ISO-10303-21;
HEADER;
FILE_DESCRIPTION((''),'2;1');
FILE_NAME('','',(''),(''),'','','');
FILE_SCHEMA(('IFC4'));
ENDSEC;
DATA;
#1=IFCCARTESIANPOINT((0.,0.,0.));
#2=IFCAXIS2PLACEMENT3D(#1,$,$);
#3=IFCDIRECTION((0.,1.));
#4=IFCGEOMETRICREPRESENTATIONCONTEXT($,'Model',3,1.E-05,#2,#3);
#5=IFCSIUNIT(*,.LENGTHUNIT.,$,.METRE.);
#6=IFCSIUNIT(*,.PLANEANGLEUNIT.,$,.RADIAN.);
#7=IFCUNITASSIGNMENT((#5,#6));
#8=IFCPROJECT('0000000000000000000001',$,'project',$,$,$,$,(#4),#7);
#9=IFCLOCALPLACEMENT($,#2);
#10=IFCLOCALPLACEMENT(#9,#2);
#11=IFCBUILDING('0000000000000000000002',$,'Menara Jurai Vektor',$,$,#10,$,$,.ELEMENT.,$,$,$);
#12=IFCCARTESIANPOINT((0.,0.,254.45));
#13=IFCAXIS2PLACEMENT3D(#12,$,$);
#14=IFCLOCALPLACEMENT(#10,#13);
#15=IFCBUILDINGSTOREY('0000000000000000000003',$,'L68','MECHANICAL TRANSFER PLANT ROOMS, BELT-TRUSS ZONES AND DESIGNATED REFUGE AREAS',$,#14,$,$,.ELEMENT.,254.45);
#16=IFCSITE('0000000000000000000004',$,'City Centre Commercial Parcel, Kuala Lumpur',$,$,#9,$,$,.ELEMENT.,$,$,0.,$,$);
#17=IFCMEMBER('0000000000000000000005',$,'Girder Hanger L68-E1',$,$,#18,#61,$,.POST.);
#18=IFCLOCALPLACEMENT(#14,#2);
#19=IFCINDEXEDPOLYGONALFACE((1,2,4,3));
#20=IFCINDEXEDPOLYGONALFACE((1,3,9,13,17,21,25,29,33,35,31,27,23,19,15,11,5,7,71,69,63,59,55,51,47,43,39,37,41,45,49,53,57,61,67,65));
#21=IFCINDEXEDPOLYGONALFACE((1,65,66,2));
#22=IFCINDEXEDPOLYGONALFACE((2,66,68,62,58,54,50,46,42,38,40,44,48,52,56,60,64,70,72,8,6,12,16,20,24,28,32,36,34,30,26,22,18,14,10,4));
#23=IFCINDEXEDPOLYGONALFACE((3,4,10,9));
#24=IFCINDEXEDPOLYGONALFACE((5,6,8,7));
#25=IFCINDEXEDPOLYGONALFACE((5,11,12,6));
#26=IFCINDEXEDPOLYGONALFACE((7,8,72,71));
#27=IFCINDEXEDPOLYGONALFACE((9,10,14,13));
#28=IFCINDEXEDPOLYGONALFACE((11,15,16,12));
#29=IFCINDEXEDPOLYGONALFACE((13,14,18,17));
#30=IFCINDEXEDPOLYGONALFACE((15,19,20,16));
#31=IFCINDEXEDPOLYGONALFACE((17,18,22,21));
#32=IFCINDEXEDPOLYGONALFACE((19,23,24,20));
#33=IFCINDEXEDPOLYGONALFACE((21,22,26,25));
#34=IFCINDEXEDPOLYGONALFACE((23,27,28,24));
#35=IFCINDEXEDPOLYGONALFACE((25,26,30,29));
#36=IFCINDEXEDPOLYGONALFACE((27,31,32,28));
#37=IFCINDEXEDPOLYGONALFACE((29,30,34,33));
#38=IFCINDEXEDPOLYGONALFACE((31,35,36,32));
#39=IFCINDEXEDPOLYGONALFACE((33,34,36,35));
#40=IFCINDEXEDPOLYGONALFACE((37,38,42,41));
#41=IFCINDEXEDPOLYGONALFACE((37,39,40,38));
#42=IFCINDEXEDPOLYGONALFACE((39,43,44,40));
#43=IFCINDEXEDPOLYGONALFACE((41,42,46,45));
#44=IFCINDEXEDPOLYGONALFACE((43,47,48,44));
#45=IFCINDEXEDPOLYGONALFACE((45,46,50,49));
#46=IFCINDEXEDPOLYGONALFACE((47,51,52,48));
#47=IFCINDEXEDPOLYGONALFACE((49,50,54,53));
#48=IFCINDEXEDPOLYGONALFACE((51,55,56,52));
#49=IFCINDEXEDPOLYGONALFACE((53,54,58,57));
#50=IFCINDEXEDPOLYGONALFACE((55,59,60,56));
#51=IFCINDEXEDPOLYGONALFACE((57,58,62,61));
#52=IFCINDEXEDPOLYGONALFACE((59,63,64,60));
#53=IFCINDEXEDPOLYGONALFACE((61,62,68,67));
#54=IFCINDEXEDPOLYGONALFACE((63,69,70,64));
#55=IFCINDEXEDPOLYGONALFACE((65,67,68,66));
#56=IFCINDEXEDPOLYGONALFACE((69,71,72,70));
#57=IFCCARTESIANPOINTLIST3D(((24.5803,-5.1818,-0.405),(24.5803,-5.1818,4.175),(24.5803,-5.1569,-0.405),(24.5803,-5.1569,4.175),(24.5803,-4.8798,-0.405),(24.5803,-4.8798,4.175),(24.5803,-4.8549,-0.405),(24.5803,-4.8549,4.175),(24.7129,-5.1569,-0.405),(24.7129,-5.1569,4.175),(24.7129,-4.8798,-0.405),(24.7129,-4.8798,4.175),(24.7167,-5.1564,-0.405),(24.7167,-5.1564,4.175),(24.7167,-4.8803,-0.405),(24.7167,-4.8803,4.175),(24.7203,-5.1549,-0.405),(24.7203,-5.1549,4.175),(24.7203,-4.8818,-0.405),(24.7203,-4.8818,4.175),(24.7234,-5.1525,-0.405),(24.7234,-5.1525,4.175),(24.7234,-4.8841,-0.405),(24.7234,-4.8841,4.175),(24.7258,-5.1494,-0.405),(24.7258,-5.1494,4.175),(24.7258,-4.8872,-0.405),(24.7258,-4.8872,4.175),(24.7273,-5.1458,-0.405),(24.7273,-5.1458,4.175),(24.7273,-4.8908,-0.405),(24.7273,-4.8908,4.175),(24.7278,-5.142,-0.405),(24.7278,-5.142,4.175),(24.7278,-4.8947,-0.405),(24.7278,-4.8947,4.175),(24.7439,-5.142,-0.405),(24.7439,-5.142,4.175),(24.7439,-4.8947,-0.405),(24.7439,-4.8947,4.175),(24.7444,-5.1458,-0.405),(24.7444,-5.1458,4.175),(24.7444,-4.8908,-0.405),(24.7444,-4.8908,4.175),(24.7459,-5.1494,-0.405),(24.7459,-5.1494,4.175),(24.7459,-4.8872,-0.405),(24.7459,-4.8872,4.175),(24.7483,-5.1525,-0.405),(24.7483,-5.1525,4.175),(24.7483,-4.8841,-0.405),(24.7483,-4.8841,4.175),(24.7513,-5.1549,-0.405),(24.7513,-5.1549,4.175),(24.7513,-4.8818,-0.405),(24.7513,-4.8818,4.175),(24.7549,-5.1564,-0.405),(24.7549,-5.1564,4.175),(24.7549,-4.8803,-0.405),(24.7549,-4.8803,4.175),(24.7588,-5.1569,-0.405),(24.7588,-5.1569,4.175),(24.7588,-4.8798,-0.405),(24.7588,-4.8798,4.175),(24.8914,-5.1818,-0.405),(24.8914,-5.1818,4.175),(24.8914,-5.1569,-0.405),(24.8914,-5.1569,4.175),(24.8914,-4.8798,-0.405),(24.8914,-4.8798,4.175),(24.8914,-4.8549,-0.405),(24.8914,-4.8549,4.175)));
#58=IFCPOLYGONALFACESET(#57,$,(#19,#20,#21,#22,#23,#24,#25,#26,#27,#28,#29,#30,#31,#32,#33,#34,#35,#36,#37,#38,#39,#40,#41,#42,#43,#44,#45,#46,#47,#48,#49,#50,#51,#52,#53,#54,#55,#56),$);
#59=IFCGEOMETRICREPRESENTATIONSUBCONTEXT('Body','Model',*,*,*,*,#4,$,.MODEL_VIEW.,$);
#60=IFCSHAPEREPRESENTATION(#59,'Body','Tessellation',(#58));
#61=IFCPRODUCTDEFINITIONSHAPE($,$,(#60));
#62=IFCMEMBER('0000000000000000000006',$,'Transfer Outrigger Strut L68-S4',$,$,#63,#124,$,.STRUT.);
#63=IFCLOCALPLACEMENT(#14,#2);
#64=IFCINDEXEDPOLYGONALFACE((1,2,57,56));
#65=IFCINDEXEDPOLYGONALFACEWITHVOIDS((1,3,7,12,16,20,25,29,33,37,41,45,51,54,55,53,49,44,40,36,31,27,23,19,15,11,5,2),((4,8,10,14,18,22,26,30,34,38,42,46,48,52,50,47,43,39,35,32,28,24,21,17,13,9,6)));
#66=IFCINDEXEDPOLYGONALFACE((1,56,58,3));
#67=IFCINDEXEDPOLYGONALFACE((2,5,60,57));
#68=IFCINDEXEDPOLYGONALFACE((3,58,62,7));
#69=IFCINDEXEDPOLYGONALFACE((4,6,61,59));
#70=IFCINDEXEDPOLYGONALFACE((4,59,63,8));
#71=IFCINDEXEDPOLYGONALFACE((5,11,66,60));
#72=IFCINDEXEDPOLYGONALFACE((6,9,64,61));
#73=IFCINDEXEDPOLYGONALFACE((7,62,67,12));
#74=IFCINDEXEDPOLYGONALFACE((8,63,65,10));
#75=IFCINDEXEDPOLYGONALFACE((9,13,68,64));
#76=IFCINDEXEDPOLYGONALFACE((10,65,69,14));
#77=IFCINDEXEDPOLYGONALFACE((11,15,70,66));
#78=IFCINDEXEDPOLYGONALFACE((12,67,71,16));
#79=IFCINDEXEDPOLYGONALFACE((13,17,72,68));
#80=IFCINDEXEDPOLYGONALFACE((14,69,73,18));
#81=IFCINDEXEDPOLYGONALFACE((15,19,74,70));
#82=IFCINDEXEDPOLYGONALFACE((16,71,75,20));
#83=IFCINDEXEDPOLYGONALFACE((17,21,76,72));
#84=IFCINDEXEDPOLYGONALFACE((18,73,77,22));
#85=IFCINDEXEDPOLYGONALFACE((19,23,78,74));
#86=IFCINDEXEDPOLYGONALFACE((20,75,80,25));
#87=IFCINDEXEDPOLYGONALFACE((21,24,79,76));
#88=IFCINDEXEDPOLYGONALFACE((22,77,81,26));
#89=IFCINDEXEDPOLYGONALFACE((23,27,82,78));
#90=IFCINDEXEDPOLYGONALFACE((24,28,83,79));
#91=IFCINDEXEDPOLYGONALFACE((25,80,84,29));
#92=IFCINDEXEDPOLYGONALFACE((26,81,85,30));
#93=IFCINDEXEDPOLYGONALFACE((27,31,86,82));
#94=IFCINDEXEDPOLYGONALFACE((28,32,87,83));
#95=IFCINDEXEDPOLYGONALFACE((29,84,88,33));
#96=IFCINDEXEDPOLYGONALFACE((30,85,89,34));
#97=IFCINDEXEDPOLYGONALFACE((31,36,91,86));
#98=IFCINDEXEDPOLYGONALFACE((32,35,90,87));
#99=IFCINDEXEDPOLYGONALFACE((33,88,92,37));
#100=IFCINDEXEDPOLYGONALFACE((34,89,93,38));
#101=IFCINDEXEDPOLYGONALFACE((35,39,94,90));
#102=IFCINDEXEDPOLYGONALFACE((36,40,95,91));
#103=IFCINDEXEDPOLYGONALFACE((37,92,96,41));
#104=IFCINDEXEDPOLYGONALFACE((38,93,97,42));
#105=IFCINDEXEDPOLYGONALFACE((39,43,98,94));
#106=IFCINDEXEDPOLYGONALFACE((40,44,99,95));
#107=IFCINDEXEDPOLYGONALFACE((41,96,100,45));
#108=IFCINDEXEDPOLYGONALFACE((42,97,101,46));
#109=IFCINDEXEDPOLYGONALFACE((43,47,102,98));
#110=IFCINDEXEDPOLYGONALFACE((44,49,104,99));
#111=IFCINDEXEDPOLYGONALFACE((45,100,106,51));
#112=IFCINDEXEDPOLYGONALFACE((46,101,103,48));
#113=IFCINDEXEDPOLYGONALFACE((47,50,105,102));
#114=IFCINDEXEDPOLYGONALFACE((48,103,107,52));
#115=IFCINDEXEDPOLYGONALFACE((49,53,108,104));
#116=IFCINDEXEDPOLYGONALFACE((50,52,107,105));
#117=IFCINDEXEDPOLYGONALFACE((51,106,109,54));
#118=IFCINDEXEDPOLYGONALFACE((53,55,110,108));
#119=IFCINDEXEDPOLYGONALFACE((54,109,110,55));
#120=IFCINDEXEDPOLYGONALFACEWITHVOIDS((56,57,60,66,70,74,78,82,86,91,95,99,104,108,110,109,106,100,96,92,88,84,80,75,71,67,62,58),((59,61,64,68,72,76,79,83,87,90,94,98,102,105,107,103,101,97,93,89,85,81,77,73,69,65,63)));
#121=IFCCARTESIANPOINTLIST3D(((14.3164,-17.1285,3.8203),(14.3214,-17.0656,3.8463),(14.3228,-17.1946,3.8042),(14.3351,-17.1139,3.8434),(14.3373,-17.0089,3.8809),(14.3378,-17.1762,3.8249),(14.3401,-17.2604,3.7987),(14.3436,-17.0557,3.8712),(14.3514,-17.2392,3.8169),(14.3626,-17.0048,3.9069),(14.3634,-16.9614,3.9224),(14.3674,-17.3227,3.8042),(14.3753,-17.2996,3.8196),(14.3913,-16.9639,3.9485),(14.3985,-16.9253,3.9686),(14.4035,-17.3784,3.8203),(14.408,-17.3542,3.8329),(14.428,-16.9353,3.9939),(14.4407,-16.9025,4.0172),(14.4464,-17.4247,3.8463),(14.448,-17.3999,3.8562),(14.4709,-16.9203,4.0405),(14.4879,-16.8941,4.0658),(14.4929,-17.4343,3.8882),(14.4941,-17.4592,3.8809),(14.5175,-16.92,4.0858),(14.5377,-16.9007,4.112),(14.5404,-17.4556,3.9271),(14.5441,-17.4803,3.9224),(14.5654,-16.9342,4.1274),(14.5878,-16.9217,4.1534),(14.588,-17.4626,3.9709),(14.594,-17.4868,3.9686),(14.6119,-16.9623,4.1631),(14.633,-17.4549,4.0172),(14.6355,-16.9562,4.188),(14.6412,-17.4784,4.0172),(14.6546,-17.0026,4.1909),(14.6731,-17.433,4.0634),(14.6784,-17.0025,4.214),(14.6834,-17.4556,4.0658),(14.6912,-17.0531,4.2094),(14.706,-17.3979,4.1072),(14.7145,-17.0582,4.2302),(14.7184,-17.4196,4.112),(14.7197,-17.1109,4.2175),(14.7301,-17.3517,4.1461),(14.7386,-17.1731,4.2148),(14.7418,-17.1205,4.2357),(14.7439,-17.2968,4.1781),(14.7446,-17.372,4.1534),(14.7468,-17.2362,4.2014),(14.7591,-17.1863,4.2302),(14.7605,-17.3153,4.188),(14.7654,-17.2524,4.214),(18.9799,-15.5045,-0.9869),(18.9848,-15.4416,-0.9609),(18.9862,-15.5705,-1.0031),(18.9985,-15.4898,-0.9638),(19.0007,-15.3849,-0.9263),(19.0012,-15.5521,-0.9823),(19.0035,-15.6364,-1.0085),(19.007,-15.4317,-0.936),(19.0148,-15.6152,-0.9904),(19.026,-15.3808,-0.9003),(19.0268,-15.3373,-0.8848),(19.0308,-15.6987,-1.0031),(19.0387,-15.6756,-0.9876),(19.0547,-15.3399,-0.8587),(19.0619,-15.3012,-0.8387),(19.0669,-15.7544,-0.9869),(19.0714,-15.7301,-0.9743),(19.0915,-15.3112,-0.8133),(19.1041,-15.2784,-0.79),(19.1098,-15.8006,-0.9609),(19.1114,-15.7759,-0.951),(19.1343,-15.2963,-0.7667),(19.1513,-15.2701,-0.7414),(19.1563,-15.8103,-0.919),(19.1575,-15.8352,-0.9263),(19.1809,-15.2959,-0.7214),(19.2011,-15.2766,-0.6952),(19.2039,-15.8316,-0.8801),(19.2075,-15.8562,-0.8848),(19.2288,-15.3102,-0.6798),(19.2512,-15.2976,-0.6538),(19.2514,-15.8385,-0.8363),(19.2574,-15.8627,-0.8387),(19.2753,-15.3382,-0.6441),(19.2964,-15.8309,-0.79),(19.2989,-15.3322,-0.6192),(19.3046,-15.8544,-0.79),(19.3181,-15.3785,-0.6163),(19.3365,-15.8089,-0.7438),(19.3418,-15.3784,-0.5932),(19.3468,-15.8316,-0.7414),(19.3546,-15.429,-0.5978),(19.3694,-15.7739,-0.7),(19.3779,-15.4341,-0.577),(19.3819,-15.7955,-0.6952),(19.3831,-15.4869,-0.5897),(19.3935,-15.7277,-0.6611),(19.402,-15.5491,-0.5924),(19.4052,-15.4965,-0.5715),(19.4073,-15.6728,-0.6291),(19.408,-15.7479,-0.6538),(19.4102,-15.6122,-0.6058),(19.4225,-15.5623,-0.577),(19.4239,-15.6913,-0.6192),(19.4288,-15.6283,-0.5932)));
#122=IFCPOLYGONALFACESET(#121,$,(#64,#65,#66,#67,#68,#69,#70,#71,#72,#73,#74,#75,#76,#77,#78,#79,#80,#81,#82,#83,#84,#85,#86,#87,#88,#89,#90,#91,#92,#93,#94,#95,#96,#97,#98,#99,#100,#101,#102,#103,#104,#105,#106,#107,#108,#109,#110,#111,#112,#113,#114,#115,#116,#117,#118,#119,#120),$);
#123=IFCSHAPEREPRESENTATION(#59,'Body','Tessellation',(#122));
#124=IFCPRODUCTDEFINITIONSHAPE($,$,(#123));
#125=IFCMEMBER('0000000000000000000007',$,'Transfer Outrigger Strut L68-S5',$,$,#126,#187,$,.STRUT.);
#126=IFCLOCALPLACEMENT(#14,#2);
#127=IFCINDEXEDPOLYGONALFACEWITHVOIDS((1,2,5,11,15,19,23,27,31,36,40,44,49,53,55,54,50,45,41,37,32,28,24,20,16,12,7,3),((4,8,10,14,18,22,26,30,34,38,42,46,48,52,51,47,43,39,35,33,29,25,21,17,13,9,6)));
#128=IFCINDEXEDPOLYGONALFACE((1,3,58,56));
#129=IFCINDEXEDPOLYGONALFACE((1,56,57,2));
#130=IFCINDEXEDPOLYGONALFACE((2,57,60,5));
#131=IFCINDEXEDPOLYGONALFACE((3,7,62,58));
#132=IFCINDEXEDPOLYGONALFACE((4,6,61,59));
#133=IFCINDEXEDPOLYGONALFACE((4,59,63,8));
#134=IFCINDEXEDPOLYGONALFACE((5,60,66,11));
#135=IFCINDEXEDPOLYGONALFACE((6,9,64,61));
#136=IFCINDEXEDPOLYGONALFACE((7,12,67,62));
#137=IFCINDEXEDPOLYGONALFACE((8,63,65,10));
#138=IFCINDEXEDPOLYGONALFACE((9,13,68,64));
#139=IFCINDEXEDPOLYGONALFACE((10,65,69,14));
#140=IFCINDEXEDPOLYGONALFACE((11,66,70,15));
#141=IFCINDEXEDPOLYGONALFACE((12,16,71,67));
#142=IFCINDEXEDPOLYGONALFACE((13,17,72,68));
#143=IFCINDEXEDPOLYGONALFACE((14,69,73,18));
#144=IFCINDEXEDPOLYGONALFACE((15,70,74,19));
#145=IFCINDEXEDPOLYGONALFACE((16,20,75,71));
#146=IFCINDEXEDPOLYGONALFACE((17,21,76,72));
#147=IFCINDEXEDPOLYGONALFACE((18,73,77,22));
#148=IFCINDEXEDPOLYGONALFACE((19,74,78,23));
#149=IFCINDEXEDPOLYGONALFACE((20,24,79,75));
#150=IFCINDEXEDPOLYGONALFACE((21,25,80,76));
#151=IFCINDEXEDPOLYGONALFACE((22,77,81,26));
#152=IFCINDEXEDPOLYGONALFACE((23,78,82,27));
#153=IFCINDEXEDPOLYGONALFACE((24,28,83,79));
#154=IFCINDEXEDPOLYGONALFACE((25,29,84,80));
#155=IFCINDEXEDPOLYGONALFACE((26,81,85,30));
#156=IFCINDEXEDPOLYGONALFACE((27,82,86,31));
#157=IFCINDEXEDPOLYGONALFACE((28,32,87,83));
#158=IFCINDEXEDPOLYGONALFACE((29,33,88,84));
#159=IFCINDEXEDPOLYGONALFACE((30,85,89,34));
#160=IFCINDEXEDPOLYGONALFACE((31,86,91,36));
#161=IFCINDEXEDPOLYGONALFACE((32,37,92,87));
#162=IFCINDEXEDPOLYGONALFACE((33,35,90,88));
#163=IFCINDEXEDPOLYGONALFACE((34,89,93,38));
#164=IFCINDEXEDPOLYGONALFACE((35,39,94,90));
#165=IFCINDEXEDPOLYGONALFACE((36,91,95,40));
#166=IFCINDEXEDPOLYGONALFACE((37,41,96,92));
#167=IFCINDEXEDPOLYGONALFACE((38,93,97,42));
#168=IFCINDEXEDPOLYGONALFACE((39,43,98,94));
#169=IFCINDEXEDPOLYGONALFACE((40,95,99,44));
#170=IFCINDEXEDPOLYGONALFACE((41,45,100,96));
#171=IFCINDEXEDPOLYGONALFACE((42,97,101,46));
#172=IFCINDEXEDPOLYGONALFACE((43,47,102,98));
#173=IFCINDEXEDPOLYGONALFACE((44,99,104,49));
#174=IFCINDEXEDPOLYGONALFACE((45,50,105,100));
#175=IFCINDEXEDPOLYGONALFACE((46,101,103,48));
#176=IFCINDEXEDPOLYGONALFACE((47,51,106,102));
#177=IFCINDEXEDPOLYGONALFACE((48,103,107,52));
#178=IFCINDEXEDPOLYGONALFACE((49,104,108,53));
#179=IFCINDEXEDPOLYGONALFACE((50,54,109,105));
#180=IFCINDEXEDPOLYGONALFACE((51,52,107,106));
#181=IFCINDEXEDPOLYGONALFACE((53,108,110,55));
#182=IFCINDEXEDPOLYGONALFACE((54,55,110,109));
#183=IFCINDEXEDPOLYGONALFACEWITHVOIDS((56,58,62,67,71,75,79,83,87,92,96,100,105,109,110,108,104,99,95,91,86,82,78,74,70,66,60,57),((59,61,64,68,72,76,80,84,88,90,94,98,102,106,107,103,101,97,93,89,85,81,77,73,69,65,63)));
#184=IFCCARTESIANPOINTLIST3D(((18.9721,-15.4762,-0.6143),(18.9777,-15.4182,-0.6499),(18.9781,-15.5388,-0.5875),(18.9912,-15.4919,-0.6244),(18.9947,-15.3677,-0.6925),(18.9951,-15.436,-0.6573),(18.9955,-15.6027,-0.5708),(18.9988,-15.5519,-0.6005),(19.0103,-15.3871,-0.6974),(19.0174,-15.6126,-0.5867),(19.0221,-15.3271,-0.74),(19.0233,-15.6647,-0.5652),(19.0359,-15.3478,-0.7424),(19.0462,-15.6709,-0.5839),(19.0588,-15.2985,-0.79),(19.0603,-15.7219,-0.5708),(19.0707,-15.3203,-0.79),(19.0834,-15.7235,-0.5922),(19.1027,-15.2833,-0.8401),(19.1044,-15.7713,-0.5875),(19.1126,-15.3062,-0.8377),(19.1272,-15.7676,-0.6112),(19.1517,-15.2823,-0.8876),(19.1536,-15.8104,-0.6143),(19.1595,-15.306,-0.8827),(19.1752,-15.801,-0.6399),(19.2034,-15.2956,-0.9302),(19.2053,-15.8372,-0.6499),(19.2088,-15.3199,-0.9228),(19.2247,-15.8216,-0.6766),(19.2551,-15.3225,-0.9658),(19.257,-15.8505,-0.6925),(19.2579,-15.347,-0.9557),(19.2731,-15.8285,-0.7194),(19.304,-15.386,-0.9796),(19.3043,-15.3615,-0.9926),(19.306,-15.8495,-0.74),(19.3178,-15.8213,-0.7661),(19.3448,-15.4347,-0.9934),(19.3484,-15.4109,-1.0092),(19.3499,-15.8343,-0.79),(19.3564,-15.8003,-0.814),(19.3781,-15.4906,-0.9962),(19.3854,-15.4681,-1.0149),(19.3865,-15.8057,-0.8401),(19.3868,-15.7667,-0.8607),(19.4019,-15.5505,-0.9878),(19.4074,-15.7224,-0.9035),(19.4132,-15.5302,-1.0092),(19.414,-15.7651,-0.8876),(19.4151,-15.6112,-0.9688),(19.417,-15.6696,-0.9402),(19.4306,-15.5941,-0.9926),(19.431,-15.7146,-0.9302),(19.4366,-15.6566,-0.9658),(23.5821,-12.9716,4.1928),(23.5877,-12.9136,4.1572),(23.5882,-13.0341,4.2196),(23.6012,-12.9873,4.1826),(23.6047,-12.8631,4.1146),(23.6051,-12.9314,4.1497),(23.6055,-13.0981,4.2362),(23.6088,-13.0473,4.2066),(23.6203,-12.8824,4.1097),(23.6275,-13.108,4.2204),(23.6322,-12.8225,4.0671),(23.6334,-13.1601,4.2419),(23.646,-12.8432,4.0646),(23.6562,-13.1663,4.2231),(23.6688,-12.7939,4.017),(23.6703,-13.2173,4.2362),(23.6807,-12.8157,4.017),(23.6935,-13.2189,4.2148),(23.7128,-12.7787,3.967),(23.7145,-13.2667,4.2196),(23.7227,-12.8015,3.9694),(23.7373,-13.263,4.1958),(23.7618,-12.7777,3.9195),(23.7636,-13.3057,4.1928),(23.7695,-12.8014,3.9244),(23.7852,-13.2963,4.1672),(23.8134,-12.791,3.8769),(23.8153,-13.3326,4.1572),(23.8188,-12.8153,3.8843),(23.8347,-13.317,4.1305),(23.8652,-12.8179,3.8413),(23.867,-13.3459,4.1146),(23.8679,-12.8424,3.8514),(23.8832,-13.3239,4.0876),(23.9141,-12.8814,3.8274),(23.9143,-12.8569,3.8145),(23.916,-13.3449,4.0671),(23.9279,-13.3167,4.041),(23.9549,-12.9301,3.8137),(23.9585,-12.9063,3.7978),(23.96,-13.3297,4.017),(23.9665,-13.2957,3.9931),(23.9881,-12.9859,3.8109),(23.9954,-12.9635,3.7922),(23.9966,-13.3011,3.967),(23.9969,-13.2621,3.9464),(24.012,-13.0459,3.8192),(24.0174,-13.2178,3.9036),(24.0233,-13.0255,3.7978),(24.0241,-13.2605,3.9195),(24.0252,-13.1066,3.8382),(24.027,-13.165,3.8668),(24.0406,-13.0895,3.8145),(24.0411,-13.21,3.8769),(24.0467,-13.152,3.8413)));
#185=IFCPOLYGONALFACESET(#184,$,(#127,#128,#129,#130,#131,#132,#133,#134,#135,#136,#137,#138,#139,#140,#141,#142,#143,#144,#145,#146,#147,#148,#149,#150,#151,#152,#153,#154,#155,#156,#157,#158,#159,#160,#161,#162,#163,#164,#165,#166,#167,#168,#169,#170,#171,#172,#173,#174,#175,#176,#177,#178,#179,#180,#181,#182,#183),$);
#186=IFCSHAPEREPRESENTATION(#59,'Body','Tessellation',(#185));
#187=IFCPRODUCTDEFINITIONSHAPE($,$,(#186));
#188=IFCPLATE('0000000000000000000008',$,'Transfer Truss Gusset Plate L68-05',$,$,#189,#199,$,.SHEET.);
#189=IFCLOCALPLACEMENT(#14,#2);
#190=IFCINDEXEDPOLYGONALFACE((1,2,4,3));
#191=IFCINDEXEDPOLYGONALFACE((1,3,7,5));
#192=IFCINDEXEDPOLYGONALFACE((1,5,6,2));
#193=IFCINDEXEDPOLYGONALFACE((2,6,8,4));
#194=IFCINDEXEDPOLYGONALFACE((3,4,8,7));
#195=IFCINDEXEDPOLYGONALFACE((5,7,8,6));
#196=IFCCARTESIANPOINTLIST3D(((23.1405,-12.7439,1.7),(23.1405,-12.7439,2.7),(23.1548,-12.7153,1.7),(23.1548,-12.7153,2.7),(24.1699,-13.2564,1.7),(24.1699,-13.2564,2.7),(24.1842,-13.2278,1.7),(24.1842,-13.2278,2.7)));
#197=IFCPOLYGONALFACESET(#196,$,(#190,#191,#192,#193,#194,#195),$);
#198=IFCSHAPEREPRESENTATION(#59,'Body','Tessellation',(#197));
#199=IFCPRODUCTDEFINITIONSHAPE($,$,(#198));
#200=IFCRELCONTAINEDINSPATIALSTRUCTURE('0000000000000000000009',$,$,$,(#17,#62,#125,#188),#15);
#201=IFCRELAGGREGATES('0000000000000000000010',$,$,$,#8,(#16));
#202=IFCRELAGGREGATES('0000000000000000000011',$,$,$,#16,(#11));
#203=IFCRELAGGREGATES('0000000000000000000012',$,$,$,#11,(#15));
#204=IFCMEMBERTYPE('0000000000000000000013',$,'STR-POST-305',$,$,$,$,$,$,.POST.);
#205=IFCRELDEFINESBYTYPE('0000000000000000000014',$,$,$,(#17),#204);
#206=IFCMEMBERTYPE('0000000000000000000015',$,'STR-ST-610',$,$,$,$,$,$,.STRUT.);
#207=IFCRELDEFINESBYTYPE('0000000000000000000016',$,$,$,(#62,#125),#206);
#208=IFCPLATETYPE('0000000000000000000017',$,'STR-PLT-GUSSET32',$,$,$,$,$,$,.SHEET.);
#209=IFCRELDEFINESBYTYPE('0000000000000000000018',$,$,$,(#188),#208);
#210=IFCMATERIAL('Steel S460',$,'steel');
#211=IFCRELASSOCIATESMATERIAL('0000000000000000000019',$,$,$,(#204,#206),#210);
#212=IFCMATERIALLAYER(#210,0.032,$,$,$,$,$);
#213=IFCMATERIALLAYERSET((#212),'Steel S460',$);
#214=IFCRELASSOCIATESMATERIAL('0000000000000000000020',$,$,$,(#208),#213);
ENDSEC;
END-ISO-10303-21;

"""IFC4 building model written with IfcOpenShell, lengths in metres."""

from ifc_helpers import new_model, si_unit, direction, frame, origin, origin_2d, place, context, subcontext, project, spatial, rectangle, hollow_circle, i_section, extrude, material, layer, layer_set, material_profile, profile_set, type_object, element, save


model = new_model("IFC4")

# Units and contexts
model_context = context("Model", 3, precision=1e-05, world=origin(), true_north=direction((0.0, 1.0)))
body_context = subcontext(model_context, "Body", "Model", "MODEL_VIEW")
ifc_project = project(units=[si_unit("LENGTHUNIT", "METRE"), si_unit("PLANEANGLEUNIT", "RADIAN")], contexts=[model_context])

# Site, building, storey
site_placement = place(None, origin())
site = spatial("IfcSite", under=ifc_project, at=site_placement, Name="City Centre Commercial Parcel, Kuala Lumpur", CompositionType="ELEMENT", RefElevation=0.0)
building_placement = place(site_placement, origin())
building = spatial("IfcBuilding", under=site, at=building_placement, Name="Menara Jurai Vektor", CompositionType="ELEMENT")
storey_placement = place(building_placement, frame((0.0, 0.0, 254.45)))
storey = spatial("IfcBuildingStorey", under=building, at=storey_placement, Name="L68", Description="MECHANICAL TRANSFER PLANT ROOMS, BELT-TRUSS ZONES AND DESIGNATED REFUGE AREAS", CompositionType="ELEMENT", Elevation=254.45)

# Shared definitions
ifc_material_1 = material(Name="Steel S460", Category="steel")

# Members
ifc_material_profile_1 = material_profile(ifc_material_1, i_section(OverallWidth=0.311, OverallDepth=0.3269, WebThickness=0.0161, FlangeThickness=0.0249, FilletRadius=0.0149, at=origin_2d()), Name="UKC 305x305x158")
ifc_profile_set_1 = profile_set([ifc_material_profile_1], Name="Steel S460")
member_type_1 = type_object("IfcMemberType", Name="STR-POST-305", PredefinedType="POST", material=ifc_profile_set_1)
for number, where, z_axis, x_axis, name in (
    (1, (24.7358, -5.0183, -0.405), (0.0, 0.0, 1.0), (1.0, 0.0, 0.0), "Girder Hanger L68-E1"),
):
    element("IfcMember", number, at=place(storey_placement, frame(where, z_axis=z_axis, x_axis=x_axis)), inside=storey, type_object=member_type_1, Name=name, PredefinedType="POST", context=body_context, shape_type="SweptSolid", body=[
        extrude(i_section(OverallWidth=0.311, OverallDepth=0.3269, WebThickness=0.0161, FlangeThickness=0.0249, FilletRadius=0.0149, at=origin_2d()), origin(), (0.0, 0.0, 1.0), 4.5801),
    ])
ifc_material_profile_2 = material_profile(ifc_material_1, hollow_circle(Radius=0.3049, WallThickness=0.0249, at=origin_2d()), Name="CHS 610x25")
ifc_profile_set_2 = profile_set([ifc_material_profile_2], Name="Steel S460")
member_type_2 = type_object("IfcMemberType", Name="STR-ST-610", PredefinedType="STRUT", material=ifc_profile_set_2)
member_1_placement = place(storey_placement, frame((19.2043, -15.5664, -0.79), z_axis=(-0.67668, -0.235656, 0.697546), x_axis=(0.328881, -0.944371, 0.0)))
element("IfcMember", 2, at=member_1_placement, inside=storey, type_object=member_type_2, Name="Transfer Outrigger Strut L68-S4", PredefinedType="STRUT", context=body_context, shape_type="SweptSolid", body=[
    extrude(hollow_circle(Radius=0.3049, WallThickness=0.0249, at=origin_2d()), origin(), (0.0, 0.0, 1.0), 6.8916),
])
member_2_placement = place(storey_placement, frame((19.2043, -15.5664, -0.79), z_axis=(0.647868, 0.351982, 0.675556), x_axis=(-0.477388, 0.878693, 0.0)))
element("IfcMember", 3, at=member_2_placement, inside=storey, type_object=member_type_2, Name="Transfer Outrigger Strut L68-S5", PredefinedType="STRUT", context=body_context, shape_type="SweptSolid", body=[
    extrude(hollow_circle(Radius=0.3049, WallThickness=0.0249, at=origin_2d()), origin(), (0.0, 0.0, 1.0), 7.1157),
])

# Plate
ifc_layer_1 = layer(ifc_material_1, 0.032)
ifc_layer_set_1 = layer_set([ifc_layer_1], Name="Steel S460")
plate_type = type_object("IfcPlateType", Name="STR-PLT-GUSSET32", PredefinedType="SHEET", material=ifc_layer_set_1)
plate_placement = place(storey_placement, frame((23.6624, -12.9858, 1.7), z_axis=(0.0, 0.0, 1.0), x_axis=(-0.895168, 0.445729, 0.0)))
element("IfcPlate", 4, at=plate_placement, inside=storey, type_object=plate_type, Name="Transfer Truss Gusset Plate L68-05", PredefinedType="SHEET", context=body_context, shape_type="SweptSolid", body=[
    extrude(rectangle(XDim=1.1499, YDim=0.032, at=origin_2d()), origin(), (0.0, 0.0, 1.0), 1.0),
])

save(model, "model.ifc")
